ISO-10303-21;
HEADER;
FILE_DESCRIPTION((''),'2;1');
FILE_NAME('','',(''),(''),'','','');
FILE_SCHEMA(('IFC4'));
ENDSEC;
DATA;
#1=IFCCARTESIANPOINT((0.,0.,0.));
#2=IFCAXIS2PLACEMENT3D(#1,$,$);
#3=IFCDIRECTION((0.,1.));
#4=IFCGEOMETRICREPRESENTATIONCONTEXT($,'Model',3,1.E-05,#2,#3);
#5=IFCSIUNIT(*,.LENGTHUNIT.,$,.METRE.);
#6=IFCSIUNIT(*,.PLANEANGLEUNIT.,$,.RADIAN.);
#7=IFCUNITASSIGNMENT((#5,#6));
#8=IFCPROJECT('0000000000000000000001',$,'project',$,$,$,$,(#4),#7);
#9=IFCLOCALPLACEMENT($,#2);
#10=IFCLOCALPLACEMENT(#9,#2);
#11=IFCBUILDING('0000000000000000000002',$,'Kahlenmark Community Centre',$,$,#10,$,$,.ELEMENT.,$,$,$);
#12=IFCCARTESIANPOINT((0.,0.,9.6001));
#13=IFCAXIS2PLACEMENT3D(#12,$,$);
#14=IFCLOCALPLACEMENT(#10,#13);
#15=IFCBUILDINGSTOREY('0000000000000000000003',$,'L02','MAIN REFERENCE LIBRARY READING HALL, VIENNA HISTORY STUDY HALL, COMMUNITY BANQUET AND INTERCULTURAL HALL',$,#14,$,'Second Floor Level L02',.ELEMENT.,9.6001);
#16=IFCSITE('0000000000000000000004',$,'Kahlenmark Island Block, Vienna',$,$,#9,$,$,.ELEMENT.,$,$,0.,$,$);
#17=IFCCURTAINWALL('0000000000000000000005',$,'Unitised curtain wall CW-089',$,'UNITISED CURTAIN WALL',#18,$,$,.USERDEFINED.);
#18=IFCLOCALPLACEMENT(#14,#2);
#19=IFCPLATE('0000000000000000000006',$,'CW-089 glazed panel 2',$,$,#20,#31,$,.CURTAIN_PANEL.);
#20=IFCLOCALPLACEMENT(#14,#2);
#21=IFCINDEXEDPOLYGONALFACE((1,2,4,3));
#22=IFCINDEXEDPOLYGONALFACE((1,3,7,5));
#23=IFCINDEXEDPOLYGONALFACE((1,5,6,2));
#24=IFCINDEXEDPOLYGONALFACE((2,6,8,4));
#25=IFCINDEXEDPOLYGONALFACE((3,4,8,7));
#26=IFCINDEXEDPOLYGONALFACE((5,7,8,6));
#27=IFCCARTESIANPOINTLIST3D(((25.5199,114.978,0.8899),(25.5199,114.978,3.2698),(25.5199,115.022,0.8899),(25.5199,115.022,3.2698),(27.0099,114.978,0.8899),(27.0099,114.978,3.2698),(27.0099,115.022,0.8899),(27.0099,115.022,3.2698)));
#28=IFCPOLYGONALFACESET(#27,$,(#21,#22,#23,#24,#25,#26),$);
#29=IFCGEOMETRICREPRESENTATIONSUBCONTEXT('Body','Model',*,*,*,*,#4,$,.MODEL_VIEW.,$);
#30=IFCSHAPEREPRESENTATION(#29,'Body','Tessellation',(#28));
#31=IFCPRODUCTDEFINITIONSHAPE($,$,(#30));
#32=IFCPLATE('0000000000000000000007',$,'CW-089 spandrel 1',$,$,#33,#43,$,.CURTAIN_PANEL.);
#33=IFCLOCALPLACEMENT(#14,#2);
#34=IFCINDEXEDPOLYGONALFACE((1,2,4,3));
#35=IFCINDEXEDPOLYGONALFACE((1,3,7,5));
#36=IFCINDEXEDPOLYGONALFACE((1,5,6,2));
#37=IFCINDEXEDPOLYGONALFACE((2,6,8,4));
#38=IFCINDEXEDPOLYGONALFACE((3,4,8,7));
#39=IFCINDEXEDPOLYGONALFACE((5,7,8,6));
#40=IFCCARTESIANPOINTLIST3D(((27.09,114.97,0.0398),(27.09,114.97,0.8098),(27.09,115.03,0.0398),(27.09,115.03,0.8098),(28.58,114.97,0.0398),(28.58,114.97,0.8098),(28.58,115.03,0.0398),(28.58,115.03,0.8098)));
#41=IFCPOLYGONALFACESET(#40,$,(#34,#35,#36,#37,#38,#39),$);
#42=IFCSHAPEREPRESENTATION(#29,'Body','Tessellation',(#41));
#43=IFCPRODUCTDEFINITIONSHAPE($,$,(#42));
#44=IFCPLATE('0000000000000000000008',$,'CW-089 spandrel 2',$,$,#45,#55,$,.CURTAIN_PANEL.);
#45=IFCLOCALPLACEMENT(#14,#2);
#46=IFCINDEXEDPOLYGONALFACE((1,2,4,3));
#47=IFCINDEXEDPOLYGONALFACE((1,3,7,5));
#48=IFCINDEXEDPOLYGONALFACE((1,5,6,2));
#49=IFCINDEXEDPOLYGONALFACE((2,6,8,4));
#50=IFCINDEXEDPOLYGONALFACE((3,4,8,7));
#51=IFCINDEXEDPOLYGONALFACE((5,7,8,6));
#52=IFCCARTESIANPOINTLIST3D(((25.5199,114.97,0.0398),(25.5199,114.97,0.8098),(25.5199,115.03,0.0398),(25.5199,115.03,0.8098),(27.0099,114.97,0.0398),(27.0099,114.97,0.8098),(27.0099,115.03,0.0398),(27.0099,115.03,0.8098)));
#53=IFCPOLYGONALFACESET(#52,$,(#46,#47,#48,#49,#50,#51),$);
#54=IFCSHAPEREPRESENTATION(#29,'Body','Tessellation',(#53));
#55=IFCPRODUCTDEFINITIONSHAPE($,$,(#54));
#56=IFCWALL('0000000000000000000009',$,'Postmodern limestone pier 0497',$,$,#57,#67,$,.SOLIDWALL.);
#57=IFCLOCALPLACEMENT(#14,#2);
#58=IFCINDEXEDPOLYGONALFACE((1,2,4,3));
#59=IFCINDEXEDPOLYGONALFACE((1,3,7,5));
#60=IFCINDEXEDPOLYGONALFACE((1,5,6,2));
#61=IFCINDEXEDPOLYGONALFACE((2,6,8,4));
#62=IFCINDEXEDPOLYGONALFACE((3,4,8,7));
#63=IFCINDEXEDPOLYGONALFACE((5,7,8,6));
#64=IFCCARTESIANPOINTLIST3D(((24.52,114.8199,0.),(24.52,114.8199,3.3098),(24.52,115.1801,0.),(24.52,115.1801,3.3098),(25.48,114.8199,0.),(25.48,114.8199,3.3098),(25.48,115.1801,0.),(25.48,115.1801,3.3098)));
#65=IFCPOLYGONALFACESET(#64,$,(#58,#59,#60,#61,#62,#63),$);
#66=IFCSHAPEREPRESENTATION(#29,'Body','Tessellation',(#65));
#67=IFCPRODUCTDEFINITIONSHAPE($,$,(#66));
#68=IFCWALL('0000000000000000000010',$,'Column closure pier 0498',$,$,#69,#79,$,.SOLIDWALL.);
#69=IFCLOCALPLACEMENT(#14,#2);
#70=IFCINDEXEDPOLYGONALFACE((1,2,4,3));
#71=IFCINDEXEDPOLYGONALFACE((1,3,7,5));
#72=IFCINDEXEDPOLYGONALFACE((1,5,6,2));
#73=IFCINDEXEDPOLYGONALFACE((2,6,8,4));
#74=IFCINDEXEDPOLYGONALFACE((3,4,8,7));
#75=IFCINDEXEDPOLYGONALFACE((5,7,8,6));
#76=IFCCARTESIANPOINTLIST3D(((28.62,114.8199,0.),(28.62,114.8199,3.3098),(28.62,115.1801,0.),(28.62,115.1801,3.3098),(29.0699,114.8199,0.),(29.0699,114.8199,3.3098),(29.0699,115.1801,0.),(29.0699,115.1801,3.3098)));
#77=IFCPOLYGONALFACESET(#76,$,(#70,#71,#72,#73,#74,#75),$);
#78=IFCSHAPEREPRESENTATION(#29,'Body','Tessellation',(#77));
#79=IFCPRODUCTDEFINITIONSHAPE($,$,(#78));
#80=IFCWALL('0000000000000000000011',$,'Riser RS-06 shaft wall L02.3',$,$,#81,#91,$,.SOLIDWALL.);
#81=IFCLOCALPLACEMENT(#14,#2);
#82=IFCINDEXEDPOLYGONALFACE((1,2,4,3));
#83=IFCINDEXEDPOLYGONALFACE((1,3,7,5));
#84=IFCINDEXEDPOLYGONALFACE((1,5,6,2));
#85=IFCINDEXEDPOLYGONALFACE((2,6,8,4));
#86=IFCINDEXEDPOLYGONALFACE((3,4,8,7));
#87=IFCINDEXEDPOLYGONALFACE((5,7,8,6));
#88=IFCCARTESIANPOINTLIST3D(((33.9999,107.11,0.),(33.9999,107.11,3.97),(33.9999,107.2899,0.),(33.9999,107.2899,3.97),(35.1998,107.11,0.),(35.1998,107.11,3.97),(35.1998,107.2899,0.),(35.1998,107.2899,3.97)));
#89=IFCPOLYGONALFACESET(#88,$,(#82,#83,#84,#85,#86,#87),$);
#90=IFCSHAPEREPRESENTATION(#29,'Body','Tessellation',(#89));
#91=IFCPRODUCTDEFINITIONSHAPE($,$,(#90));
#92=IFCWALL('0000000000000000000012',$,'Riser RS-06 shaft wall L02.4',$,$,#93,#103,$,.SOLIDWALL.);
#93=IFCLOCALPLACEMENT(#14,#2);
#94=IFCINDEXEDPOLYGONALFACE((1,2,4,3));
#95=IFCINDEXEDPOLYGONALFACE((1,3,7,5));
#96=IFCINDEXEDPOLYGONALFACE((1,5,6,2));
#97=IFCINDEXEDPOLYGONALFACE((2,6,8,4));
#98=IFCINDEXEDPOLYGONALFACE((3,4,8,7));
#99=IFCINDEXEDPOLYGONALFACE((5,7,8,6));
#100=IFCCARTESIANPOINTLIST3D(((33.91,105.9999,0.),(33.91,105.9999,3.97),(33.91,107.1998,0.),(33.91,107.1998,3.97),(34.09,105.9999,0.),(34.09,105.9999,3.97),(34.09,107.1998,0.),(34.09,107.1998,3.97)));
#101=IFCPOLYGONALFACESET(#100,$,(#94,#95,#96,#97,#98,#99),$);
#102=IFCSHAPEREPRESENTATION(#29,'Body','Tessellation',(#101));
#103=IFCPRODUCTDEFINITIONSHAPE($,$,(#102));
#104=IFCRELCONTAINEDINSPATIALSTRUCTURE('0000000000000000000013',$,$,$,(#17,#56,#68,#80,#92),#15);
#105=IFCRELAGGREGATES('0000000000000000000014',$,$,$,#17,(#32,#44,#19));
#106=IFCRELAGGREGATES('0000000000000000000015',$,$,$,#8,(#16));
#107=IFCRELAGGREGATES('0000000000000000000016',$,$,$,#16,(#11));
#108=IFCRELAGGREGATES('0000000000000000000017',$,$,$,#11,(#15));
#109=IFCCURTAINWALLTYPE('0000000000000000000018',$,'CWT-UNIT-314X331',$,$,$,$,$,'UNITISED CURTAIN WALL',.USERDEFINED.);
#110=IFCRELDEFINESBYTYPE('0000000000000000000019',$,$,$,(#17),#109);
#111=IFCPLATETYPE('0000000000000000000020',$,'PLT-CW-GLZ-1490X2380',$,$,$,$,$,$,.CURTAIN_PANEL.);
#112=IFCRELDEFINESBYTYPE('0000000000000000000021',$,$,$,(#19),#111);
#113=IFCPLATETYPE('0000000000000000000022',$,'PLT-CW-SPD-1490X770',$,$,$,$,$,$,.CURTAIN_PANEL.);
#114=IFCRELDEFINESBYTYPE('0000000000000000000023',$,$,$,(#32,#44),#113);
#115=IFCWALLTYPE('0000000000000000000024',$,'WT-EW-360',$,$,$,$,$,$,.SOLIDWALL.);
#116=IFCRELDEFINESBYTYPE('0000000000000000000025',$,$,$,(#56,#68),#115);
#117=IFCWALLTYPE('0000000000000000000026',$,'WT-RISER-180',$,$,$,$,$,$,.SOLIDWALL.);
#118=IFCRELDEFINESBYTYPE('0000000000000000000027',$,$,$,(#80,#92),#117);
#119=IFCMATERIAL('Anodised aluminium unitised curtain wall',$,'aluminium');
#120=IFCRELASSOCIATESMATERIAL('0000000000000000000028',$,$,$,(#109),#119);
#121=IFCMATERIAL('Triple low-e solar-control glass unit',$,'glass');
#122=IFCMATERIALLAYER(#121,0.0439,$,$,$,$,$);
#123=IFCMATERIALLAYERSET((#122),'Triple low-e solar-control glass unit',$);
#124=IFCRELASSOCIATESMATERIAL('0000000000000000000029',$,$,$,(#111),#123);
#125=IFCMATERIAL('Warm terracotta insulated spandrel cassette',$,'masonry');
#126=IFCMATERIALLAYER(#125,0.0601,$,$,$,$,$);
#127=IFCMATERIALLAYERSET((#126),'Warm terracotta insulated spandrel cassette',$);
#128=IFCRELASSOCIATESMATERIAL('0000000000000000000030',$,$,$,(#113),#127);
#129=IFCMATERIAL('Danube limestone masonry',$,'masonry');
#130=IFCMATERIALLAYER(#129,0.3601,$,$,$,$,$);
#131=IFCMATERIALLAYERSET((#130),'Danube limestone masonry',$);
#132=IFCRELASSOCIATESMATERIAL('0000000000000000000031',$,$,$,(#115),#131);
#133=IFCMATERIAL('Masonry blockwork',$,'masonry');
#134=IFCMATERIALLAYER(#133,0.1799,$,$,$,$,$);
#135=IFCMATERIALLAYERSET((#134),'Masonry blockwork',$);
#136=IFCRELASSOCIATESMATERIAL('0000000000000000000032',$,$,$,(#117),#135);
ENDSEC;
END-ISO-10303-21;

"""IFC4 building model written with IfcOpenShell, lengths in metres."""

from ifc_helpers import new_model, si_unit, direction, frame, frame_2d, origin, origin_2d, place, context, subcontext, project, spatial, rectangle, extrude, material, layer, layer_set, type_object, element, aggregate, save


model = new_model("IFC4")

# Units and contexts
model_context = context("Model", 3, precision=1e-05, world=origin(), true_north=direction((0.0, 1.0)))
body_context = subcontext(model_context, "Body", "Model", "MODEL_VIEW")
ifc_project = project(units=[si_unit("LENGTHUNIT", "METRE"), si_unit("PLANEANGLEUNIT", "RADIAN")], contexts=[model_context])

# Site, building, storey
site_placement = place(None, origin())
site = spatial("IfcSite", under=ifc_project, at=site_placement, Name="Kahlenmark Island Block, Vienna", CompositionType="ELEMENT", RefElevation=0.0)
building_placement = place(site_placement, origin())
building = spatial("IfcBuilding", under=site, at=building_placement, Name="Kahlenmark Community Centre", CompositionType="ELEMENT")
storey_placement = place(building_placement, frame((0.0, 0.0, 9.6001)))
storey = spatial("IfcBuildingStorey", under=building, at=storey_placement, Name="L02", Description="MAIN REFERENCE LIBRARY READING HALL, VIENNA HISTORY STUDY HALL, COMMUNITY BANQUET AND INTERCULTURAL HALL", LongName="Second Floor Level L02", CompositionType="ELEMENT", Elevation=9.6001)

# Curtain wall
ifc_material_1 = material(Name="Anodised aluminium unitised curtain wall", Category="aluminium")
curtain_wall_type = type_object("IfcCurtainWallType", Name="CWT-UNIT-314X331", ElementType="UNITISED CURTAIN WALL", PredefinedType="USERDEFINED", material=ifc_material_1)
curtain_wall_1_placement = place(storey_placement, origin())
curtain_wall_1 = element("IfcCurtainWall", 1, at=curtain_wall_1_placement, inside=storey, type_object=curtain_wall_type, Name="Unitised curtain wall CW-089", ObjectType="UNITISED CURTAIN WALL", PredefinedType="USERDEFINED")

# Plates
ifc_material_2 = material(Name="Triple low-e solar-control glass unit", Category="glass")
ifc_layer_1 = layer(ifc_material_2, 0.0439)
ifc_layer_set_1 = layer_set([ifc_layer_1], Name="Triple low-e solar-control glass unit")
plate_type_1 = type_object("IfcPlateType", Name="PLT-CW-GLZ-1490X2380", PredefinedType="CURTAIN_PANEL", material=ifc_layer_set_1)
plate_1_placement = place(storey_placement, frame((26.2649, 115.0, 0.8899), z_axis=(0.0, 0.0, 1.0), x_axis=(-1.0, 0.0, 0.0)))
plate_1 = element("IfcPlate", 2, at=plate_1_placement, type_object=plate_type_1, Name="CW-089 glazed panel 2", PredefinedType="CURTAIN_PANEL", context=body_context, shape_type="SweptSolid", body=[
    extrude(rectangle(XDim=1.49, YDim=0.0439, at=origin_2d()), origin(), (0.0, 0.0, 1.0), 2.3799),
])
ifc_material_3 = material(Name="Warm terracotta insulated spandrel cassette", Category="masonry")
ifc_layer_2 = layer(ifc_material_3, 0.0601)
ifc_layer_set_2 = layer_set([ifc_layer_2], Name="Warm terracotta insulated spandrel cassette")
plate_type_2 = type_object("IfcPlateType", Name="PLT-CW-SPD-1490X770", PredefinedType="CURTAIN_PANEL", material=ifc_layer_set_2)
plate_2_placement = place(storey_placement, frame((27.835, 115.0, 0.0398), z_axis=(0.0, 0.0, 1.0), x_axis=(-1.0, 0.0, 0.0)))
plate_2 = element("IfcPlate", 3, at=plate_2_placement, type_object=plate_type_2, Name="CW-089 spandrel 1", PredefinedType="CURTAIN_PANEL", context=body_context, shape_type="SweptSolid", body=[
    extrude(rectangle(XDim=1.49, YDim=0.0601, at=origin_2d()), origin(), (0.0, 0.0, 1.0), 0.77),
])
plate_3_placement = place(storey_placement, frame((26.2649, 115.0, 0.0398), z_axis=(0.0, 0.0, 1.0), x_axis=(-1.0, 0.0, 0.0)))
plate_3 = element("IfcPlate", 4, at=plate_3_placement, type_object=plate_type_2, Name="CW-089 spandrel 2", PredefinedType="CURTAIN_PANEL", context=body_context, shape_type="SweptSolid", body=[
    extrude(rectangle(XDim=1.49, YDim=0.0601, at=origin_2d()), origin(), (0.0, 0.0, 1.0), 0.77),
])
aggregate(curtain_wall_1, [plate_2, plate_3, plate_1])

# Walls
ifc_material_4 = material(Name="Danube limestone masonry", Category="masonry")
ifc_layer_3 = layer(ifc_material_4, 0.3601)
ifc_layer_set_3 = layer_set([ifc_layer_3], Name="Danube limestone masonry")
wall_type_1 = type_object("IfcWallType", Name="WT-EW-360", PredefinedType="SOLIDWALL", material=ifc_layer_set_3)
wall_1_placement = place(storey_placement, frame((25.48, 115.0, 0.0), z_axis=(0.0, 0.0, 1.0), x_axis=(-1.0, 0.0, 0.0)))
element("IfcWall", 5, at=wall_1_placement, inside=storey, type_object=wall_type_1, Name="Postmodern limestone pier 0497", PredefinedType="SOLIDWALL", context=body_context, shape_type="SweptSolid", body=[
    extrude(rectangle(XDim=0.96, YDim=0.3601, at=frame_2d((0.48, 0.0))), origin(), (0.0, 0.0, 1.0), 3.3098),
])
wall_2_placement = place(storey_placement, frame((29.0701, 115.0, 0.0), z_axis=(0.0, 0.0, 1.0), x_axis=(-1.0, 0.0, 0.0)))
element("IfcWall", 6, at=wall_2_placement, inside=storey, type_object=wall_type_1, Name="Column closure pier 0498", PredefinedType="SOLIDWALL", context=body_context, shape_type="SweptSolid", body=[
    extrude(rectangle(XDim=0.45, YDim=0.3601, at=frame_2d((0.2251, 0.0))), origin(), (0.0, 0.0, 1.0), 3.3098),
])
ifc_material_5 = material(Name="Masonry blockwork", Category="masonry")
ifc_layer_4 = layer(ifc_material_5, 0.1799)
ifc_layer_set_4 = layer_set([ifc_layer_4], Name="Masonry blockwork")
wall_type_2 = type_object("IfcWallType", Name="WT-RISER-180", PredefinedType="SOLIDWALL", material=ifc_layer_set_4)
for number, where, z_axis, x_axis, name in (
    (7, (35.2, 107.2, 0.0), (0.0, 0.0, 1.0), (-1.0, 0.0, 0.0), "Riser RS-06 shaft wall L02.3"),
    (8, (34.0, 107.2, 0.0), (0.0, 0.0, 1.0), (0.0, -1.0, 0.0), "Riser RS-06 shaft wall L02.4"),
):
    element("IfcWall", number, at=place(storey_placement, frame(where, z_axis=z_axis, x_axis=x_axis)), inside=storey, type_object=wall_type_2, Name=name, PredefinedType="SOLIDWALL", context=body_context, shape_type="SweptSolid", body=[
        extrude(rectangle(XDim=1.2, YDim=0.1799, at=frame_2d((0.6001, 0.0))), origin(), (0.0, 0.0, 1.0), 3.97),
    ])

save(model, "model.ifc")
